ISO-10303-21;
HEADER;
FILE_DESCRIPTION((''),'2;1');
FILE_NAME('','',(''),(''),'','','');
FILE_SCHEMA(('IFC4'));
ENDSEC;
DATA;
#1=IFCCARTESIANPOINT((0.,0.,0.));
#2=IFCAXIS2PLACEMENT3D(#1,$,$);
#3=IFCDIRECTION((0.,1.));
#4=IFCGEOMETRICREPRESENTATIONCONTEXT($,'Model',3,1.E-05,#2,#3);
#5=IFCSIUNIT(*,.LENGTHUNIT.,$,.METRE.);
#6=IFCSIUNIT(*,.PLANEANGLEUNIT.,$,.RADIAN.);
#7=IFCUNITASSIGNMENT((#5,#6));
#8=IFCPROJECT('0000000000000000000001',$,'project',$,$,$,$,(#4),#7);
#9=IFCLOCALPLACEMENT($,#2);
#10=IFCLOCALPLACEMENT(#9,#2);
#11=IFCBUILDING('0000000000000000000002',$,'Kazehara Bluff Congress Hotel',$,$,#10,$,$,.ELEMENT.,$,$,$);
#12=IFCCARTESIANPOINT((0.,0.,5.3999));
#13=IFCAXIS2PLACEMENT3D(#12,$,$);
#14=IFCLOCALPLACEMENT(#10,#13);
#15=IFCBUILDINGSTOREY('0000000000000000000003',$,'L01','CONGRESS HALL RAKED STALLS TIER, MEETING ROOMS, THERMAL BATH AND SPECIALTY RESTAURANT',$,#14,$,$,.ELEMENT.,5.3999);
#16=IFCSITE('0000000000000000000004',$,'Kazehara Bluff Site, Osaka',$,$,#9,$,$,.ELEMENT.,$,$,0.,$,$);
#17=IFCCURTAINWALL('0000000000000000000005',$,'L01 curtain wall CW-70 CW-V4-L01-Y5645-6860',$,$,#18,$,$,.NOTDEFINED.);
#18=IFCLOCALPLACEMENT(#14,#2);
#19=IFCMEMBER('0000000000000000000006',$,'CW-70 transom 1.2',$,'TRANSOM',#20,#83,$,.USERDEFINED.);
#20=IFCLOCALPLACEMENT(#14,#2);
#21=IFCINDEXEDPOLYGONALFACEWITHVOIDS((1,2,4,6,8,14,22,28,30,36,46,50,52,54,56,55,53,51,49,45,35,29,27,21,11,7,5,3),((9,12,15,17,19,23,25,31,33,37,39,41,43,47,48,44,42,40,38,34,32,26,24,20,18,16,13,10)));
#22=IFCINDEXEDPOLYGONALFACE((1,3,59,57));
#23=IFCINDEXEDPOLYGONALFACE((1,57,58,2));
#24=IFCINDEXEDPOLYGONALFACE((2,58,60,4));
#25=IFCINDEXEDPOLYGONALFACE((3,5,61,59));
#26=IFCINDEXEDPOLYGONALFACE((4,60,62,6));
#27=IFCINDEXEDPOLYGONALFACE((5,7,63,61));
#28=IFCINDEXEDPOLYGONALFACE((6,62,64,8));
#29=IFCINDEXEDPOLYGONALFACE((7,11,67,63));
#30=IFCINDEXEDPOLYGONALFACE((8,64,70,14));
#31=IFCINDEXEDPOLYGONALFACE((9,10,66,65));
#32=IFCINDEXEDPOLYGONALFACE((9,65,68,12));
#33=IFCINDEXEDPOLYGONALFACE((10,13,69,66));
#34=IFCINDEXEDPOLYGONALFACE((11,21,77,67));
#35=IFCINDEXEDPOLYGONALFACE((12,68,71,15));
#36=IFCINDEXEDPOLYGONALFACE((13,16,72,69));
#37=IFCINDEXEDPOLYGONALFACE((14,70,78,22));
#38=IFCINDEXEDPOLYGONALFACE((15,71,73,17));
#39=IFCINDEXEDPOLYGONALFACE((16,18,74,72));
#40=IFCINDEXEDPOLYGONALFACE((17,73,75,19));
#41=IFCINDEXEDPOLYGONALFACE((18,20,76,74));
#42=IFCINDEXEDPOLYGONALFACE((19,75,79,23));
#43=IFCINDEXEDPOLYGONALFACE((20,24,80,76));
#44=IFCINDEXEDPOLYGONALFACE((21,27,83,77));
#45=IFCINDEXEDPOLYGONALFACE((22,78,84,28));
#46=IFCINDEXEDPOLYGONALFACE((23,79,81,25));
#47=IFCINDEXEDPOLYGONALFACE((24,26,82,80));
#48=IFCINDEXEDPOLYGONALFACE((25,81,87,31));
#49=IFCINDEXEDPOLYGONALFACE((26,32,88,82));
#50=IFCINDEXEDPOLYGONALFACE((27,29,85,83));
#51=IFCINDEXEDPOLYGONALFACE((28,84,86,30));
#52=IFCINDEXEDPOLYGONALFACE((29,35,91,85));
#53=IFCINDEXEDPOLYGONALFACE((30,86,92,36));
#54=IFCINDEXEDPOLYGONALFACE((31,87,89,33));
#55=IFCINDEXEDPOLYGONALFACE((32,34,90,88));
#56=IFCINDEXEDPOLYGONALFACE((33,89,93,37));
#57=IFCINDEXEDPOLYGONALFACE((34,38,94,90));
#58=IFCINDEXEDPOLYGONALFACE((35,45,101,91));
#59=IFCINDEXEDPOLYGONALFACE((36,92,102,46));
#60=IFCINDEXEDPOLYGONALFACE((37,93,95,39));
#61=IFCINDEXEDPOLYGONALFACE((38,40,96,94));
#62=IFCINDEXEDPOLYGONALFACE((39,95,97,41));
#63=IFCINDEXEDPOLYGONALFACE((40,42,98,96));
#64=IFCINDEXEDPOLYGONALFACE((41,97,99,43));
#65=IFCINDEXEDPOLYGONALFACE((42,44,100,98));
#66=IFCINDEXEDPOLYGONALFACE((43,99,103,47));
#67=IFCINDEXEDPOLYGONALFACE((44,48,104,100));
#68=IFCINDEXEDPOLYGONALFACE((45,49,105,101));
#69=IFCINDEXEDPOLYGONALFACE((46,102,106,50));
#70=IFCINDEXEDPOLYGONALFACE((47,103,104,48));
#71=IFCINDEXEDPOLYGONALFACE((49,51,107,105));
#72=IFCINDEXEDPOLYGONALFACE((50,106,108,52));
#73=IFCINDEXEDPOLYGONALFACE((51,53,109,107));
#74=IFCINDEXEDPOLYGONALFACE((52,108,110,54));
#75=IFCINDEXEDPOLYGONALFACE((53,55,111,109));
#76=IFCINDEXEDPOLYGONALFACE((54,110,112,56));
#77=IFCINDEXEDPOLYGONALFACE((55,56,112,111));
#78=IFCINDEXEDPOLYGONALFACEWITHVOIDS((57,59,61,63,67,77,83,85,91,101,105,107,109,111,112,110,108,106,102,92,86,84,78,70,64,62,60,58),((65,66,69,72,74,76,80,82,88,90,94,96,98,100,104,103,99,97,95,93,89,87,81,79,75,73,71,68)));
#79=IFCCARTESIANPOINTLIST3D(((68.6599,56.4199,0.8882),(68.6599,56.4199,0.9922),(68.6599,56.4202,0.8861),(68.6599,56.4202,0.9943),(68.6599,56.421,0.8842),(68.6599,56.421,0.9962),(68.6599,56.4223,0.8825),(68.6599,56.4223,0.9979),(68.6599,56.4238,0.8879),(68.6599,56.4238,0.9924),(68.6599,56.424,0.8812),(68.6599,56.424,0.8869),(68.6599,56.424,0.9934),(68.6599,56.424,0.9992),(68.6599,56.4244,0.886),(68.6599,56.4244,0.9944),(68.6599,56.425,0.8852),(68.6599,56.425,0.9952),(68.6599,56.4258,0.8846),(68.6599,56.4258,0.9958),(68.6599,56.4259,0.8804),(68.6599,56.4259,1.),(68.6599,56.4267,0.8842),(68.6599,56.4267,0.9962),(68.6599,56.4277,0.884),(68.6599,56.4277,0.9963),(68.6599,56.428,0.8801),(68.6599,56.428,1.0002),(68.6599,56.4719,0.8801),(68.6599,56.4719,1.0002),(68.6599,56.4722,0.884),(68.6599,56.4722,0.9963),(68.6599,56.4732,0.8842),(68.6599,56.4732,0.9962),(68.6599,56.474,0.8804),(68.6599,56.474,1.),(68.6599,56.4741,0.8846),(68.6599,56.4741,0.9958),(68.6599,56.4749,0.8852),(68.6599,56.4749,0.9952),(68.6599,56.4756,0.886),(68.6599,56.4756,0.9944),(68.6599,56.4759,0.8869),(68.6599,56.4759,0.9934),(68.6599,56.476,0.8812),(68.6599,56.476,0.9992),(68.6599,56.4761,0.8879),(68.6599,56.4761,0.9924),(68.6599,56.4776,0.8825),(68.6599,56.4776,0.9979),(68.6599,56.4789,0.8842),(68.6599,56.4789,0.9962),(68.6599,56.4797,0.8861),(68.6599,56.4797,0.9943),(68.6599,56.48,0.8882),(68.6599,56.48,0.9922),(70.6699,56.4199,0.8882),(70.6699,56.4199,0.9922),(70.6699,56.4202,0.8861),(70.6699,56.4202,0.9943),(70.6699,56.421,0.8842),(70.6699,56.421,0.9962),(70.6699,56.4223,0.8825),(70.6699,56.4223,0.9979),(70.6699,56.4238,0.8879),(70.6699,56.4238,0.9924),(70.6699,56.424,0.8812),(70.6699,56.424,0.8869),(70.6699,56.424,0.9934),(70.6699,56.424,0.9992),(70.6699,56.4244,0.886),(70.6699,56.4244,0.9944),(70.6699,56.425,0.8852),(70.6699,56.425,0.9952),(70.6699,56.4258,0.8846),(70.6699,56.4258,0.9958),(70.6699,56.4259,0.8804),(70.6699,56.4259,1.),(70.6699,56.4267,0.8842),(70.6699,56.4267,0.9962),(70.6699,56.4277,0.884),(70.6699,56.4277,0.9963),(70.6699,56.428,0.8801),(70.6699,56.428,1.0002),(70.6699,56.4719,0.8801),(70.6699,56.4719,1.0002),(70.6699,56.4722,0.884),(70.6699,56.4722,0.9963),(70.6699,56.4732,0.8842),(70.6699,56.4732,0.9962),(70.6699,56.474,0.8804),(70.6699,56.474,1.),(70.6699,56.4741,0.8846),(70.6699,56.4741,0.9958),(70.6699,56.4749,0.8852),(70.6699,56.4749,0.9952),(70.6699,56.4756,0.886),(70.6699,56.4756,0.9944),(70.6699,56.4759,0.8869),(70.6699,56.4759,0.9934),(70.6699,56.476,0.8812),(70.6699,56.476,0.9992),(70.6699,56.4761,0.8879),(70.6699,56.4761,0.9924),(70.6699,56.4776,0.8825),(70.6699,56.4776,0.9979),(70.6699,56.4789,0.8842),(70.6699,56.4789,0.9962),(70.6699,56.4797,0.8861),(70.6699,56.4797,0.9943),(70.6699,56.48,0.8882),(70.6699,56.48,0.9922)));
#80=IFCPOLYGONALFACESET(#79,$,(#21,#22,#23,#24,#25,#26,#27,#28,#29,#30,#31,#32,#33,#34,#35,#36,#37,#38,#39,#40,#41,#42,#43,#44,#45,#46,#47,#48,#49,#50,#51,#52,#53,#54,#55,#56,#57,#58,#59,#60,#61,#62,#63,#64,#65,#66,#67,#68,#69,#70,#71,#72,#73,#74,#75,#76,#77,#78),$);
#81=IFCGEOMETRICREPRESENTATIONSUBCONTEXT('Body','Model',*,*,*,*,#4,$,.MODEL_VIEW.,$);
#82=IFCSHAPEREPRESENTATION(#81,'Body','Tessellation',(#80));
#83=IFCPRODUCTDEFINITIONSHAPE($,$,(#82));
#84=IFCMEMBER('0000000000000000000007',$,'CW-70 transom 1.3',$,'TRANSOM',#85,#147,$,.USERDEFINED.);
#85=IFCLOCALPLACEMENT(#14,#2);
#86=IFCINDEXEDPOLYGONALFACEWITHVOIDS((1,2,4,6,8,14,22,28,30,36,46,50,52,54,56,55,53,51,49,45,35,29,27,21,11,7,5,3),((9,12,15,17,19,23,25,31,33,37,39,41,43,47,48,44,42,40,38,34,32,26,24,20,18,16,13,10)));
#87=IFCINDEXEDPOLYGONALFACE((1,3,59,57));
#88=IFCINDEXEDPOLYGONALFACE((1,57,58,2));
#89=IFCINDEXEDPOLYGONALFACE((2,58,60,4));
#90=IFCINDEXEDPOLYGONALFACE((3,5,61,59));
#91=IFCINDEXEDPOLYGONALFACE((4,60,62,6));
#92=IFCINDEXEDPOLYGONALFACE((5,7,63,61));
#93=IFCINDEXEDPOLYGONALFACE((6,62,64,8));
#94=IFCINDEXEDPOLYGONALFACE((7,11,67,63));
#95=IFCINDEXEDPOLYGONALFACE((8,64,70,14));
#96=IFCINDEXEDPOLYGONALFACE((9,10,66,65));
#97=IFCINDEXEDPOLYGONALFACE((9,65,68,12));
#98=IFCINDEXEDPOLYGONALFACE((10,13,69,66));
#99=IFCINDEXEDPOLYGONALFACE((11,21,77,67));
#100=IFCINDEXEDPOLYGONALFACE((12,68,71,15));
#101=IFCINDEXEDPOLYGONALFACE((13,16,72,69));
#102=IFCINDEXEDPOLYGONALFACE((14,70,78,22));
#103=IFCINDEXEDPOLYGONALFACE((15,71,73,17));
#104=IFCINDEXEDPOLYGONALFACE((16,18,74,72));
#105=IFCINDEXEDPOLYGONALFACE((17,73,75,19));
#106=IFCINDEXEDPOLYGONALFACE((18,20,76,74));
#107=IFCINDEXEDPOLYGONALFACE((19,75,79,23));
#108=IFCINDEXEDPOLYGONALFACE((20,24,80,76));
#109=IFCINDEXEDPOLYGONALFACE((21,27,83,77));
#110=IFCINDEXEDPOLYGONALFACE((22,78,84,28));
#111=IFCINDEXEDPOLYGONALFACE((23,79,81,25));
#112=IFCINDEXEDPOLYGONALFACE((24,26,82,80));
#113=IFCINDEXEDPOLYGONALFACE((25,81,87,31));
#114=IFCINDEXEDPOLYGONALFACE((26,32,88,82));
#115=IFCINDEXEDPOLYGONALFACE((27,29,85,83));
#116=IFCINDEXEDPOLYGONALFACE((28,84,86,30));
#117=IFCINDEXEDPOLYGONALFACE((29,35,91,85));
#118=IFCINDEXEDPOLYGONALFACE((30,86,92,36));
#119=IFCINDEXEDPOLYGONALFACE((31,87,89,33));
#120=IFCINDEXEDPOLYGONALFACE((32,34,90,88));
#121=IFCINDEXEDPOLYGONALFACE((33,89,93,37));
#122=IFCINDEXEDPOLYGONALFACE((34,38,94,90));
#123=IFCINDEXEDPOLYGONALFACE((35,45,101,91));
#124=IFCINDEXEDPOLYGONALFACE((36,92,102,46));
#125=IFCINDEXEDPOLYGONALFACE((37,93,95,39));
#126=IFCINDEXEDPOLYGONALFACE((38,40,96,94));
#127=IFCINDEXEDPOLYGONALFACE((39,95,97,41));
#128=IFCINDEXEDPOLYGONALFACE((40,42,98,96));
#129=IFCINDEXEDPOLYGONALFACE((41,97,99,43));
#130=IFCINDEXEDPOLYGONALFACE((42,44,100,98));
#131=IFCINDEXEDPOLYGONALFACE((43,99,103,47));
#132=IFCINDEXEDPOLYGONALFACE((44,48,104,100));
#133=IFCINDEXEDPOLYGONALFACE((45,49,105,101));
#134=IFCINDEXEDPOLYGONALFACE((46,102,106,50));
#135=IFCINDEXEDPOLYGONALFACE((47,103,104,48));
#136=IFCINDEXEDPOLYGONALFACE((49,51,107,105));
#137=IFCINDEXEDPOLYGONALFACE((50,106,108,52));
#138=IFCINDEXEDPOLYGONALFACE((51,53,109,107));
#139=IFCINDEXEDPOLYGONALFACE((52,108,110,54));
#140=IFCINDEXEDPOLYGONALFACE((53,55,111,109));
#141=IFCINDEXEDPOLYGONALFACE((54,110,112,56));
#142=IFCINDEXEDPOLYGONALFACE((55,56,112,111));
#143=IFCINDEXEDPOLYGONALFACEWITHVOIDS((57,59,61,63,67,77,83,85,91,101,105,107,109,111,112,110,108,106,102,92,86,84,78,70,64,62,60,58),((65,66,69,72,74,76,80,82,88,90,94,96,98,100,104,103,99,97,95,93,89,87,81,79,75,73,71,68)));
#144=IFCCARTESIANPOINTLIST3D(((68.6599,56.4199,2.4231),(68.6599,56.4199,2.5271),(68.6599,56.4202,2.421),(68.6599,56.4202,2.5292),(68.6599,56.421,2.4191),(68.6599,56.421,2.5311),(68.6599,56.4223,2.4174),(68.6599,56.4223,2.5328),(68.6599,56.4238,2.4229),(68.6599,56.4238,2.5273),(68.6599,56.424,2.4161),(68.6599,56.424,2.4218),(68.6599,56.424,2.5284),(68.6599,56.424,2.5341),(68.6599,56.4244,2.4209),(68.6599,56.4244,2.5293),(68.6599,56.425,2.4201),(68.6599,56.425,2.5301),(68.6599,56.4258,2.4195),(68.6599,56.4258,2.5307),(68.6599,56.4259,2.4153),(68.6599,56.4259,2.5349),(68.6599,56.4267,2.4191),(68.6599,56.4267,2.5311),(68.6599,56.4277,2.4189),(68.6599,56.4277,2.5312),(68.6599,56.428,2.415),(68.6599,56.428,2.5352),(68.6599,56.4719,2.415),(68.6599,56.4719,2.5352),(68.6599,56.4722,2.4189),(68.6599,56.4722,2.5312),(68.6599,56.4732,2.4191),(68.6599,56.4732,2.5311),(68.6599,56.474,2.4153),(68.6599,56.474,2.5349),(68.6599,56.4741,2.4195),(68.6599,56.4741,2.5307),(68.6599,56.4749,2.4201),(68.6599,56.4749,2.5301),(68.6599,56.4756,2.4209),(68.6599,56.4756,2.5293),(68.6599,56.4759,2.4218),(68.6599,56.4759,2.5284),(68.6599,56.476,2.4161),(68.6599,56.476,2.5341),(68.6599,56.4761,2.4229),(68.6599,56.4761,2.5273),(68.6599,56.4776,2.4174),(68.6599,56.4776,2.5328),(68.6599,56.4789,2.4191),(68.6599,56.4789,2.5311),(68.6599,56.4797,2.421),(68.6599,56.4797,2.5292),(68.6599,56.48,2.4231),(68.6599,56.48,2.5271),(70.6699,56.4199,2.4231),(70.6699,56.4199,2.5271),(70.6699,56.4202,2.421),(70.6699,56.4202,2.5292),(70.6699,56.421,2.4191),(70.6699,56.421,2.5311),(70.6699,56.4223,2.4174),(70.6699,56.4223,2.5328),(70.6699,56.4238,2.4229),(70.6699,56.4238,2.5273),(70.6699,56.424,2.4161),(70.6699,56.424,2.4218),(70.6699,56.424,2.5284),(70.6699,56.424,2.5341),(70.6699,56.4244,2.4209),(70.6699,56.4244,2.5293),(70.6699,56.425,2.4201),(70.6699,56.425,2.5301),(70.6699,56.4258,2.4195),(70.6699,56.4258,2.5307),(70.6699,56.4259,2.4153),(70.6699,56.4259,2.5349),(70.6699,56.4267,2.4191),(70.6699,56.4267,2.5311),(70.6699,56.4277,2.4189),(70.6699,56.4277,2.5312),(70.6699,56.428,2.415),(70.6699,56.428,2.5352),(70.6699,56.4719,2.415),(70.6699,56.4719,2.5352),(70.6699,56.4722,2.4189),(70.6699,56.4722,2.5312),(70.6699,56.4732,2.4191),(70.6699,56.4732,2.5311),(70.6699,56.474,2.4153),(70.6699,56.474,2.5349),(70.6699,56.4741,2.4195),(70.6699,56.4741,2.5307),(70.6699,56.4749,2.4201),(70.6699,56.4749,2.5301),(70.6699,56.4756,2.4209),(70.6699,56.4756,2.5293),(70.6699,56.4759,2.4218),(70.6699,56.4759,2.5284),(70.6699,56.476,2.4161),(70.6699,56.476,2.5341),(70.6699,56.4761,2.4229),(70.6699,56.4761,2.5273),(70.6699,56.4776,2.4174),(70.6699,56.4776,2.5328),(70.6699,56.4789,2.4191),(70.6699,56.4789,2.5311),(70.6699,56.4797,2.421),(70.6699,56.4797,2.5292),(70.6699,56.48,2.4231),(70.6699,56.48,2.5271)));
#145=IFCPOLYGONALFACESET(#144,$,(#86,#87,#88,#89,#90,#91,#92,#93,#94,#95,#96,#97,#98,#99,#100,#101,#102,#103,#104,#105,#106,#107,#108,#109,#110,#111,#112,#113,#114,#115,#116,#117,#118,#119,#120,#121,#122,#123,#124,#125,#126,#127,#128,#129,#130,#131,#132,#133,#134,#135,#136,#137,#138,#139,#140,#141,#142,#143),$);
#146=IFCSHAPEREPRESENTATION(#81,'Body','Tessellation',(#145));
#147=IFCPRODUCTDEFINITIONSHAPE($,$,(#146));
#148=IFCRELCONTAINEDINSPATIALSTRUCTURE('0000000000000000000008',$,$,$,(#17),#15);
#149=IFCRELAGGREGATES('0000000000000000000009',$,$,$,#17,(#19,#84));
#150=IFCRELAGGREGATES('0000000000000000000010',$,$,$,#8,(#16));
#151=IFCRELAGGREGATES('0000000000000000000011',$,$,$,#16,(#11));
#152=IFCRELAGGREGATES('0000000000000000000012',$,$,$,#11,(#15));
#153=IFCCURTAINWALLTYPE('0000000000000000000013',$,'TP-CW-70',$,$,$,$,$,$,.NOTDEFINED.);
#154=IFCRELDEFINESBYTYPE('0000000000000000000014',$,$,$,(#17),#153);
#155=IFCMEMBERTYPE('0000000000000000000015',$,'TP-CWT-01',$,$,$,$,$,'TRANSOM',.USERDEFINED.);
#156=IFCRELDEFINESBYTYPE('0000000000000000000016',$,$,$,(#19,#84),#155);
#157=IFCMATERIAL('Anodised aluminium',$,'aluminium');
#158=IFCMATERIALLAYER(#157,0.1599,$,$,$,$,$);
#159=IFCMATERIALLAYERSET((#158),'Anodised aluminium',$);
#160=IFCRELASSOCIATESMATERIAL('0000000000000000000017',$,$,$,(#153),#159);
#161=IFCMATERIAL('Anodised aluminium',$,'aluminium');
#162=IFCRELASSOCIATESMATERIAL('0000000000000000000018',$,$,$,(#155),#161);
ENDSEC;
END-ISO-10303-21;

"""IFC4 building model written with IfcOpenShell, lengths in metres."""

from ifc_helpers import new_model, si_unit, direction, frame, origin, origin_2d, place, context, subcontext, project, spatial, hollow_rectangle, extrude, material, layer, layer_set, material_profile, profile_set, type_object, element, aggregate, save


model = new_model("IFC4")

# Units and contexts
model_context = context("Model", 3, precision=1e-05, world=origin(), true_north=direction((0.0, 1.0)))
body_context = subcontext(model_context, "Body", "Model", "MODEL_VIEW")
ifc_project = project(units=[si_unit("LENGTHUNIT", "METRE"), si_unit("PLANEANGLEUNIT", "RADIAN")], contexts=[model_context])

# Site, building, storey
site_placement = place(None, origin())
site = spatial("IfcSite", under=ifc_project, at=site_placement, Name="Kazehara Bluff Site, Osaka", CompositionType="ELEMENT", RefElevation=0.0)
building_placement = place(site_placement, origin())
building = spatial("IfcBuilding", under=site, at=building_placement, Name="Kazehara Bluff Congress Hotel", CompositionType="ELEMENT")
storey_placement = place(building_placement, frame((0.0, 0.0, 5.3999)))
storey = spatial("IfcBuildingStorey", under=building, at=storey_placement, Name="L01", Description="CONGRESS HALL RAKED STALLS TIER, MEETING ROOMS, THERMAL BATH AND SPECIALTY RESTAURANT", CompositionType="ELEMENT", Elevation=5.3999)

# Curtain wall
ifc_material_1 = material(Name="Anodised aluminium", Category="aluminium")
ifc_layer_1 = layer(ifc_material_1, 0.1599)
ifc_layer_set_1 = layer_set([ifc_layer_1], Name="Anodised aluminium")
curtain_wall_type_1 = type_object("IfcCurtainWallType", Name="TP-CW-70", PredefinedType="NOTDEFINED", material=ifc_layer_set_1)
curtain_wall_1_placement = place(storey_placement, origin())
curtain_wall_1 = element("IfcCurtainWall", 1, at=curtain_wall_1_placement, inside=storey, type_object=curtain_wall_type_1, Name="L01 curtain wall CW-70 CW-V4-L01-Y5645-6860", PredefinedType="NOTDEFINED")

# Members
ifc_material_2 = material(Name="Anodised aluminium", Category="aluminium")
ifc_material_profile_1 = material_profile(ifc_material_2, hollow_rectangle(XDim=0.0601, YDim=0.1201, WallThickness=0.0039, InnerFilletRadius=0.0039, OuterFilletRadius=0.0081, at=origin_2d()))
ifc_profile_set_1 = profile_set([ifc_material_profile_1], Name="Anodised aluminium")
member_type_1 = type_object("IfcMemberType", Name="TP-CWT-01", ElementType="TRANSOM", PredefinedType="USERDEFINED", material=ifc_profile_set_1)
member_1_placement = place(storey_placement, frame((68.6599, 56.45, 0.9402), z_axis=(1.0, 0.0, 0.0), x_axis=(0.0, 1.0, 0.0)))
member_1 = element("IfcMember", 2, at=member_1_placement, type_object=member_type_1, Name="CW-70 transom 1.2", ObjectType="TRANSOM", PredefinedType="USERDEFINED", context=body_context, shape_type="SweptSolid", body=[
    extrude(hollow_rectangle(XDim=0.0601, YDim=0.1201, WallThickness=0.0039, InnerFilletRadius=0.0039, OuterFilletRadius=0.0081, at=origin_2d()), origin(), (0.0, 0.0, 1.0), 2.01),
])
member_2_placement = place(storey_placement, frame((68.6599, 56.45, 2.4751), z_axis=(1.0, 0.0, 0.0), x_axis=(0.0, 1.0, 0.0)))
member_2 = element("IfcMember", 3, at=member_2_placement, type_object=member_type_1, Name="CW-70 transom 1.3", ObjectType="TRANSOM", PredefinedType="USERDEFINED", context=body_context, shape_type="SweptSolid", body=[
    extrude(hollow_rectangle(XDim=0.0601, YDim=0.1201, WallThickness=0.0039, InnerFilletRadius=0.0039, OuterFilletRadius=0.0081, at=origin_2d()), origin(), (0.0, 0.0, 1.0), 2.01),
])
aggregate(curtain_wall_1, [member_1, member_2])

save(model, "model.ifc")
